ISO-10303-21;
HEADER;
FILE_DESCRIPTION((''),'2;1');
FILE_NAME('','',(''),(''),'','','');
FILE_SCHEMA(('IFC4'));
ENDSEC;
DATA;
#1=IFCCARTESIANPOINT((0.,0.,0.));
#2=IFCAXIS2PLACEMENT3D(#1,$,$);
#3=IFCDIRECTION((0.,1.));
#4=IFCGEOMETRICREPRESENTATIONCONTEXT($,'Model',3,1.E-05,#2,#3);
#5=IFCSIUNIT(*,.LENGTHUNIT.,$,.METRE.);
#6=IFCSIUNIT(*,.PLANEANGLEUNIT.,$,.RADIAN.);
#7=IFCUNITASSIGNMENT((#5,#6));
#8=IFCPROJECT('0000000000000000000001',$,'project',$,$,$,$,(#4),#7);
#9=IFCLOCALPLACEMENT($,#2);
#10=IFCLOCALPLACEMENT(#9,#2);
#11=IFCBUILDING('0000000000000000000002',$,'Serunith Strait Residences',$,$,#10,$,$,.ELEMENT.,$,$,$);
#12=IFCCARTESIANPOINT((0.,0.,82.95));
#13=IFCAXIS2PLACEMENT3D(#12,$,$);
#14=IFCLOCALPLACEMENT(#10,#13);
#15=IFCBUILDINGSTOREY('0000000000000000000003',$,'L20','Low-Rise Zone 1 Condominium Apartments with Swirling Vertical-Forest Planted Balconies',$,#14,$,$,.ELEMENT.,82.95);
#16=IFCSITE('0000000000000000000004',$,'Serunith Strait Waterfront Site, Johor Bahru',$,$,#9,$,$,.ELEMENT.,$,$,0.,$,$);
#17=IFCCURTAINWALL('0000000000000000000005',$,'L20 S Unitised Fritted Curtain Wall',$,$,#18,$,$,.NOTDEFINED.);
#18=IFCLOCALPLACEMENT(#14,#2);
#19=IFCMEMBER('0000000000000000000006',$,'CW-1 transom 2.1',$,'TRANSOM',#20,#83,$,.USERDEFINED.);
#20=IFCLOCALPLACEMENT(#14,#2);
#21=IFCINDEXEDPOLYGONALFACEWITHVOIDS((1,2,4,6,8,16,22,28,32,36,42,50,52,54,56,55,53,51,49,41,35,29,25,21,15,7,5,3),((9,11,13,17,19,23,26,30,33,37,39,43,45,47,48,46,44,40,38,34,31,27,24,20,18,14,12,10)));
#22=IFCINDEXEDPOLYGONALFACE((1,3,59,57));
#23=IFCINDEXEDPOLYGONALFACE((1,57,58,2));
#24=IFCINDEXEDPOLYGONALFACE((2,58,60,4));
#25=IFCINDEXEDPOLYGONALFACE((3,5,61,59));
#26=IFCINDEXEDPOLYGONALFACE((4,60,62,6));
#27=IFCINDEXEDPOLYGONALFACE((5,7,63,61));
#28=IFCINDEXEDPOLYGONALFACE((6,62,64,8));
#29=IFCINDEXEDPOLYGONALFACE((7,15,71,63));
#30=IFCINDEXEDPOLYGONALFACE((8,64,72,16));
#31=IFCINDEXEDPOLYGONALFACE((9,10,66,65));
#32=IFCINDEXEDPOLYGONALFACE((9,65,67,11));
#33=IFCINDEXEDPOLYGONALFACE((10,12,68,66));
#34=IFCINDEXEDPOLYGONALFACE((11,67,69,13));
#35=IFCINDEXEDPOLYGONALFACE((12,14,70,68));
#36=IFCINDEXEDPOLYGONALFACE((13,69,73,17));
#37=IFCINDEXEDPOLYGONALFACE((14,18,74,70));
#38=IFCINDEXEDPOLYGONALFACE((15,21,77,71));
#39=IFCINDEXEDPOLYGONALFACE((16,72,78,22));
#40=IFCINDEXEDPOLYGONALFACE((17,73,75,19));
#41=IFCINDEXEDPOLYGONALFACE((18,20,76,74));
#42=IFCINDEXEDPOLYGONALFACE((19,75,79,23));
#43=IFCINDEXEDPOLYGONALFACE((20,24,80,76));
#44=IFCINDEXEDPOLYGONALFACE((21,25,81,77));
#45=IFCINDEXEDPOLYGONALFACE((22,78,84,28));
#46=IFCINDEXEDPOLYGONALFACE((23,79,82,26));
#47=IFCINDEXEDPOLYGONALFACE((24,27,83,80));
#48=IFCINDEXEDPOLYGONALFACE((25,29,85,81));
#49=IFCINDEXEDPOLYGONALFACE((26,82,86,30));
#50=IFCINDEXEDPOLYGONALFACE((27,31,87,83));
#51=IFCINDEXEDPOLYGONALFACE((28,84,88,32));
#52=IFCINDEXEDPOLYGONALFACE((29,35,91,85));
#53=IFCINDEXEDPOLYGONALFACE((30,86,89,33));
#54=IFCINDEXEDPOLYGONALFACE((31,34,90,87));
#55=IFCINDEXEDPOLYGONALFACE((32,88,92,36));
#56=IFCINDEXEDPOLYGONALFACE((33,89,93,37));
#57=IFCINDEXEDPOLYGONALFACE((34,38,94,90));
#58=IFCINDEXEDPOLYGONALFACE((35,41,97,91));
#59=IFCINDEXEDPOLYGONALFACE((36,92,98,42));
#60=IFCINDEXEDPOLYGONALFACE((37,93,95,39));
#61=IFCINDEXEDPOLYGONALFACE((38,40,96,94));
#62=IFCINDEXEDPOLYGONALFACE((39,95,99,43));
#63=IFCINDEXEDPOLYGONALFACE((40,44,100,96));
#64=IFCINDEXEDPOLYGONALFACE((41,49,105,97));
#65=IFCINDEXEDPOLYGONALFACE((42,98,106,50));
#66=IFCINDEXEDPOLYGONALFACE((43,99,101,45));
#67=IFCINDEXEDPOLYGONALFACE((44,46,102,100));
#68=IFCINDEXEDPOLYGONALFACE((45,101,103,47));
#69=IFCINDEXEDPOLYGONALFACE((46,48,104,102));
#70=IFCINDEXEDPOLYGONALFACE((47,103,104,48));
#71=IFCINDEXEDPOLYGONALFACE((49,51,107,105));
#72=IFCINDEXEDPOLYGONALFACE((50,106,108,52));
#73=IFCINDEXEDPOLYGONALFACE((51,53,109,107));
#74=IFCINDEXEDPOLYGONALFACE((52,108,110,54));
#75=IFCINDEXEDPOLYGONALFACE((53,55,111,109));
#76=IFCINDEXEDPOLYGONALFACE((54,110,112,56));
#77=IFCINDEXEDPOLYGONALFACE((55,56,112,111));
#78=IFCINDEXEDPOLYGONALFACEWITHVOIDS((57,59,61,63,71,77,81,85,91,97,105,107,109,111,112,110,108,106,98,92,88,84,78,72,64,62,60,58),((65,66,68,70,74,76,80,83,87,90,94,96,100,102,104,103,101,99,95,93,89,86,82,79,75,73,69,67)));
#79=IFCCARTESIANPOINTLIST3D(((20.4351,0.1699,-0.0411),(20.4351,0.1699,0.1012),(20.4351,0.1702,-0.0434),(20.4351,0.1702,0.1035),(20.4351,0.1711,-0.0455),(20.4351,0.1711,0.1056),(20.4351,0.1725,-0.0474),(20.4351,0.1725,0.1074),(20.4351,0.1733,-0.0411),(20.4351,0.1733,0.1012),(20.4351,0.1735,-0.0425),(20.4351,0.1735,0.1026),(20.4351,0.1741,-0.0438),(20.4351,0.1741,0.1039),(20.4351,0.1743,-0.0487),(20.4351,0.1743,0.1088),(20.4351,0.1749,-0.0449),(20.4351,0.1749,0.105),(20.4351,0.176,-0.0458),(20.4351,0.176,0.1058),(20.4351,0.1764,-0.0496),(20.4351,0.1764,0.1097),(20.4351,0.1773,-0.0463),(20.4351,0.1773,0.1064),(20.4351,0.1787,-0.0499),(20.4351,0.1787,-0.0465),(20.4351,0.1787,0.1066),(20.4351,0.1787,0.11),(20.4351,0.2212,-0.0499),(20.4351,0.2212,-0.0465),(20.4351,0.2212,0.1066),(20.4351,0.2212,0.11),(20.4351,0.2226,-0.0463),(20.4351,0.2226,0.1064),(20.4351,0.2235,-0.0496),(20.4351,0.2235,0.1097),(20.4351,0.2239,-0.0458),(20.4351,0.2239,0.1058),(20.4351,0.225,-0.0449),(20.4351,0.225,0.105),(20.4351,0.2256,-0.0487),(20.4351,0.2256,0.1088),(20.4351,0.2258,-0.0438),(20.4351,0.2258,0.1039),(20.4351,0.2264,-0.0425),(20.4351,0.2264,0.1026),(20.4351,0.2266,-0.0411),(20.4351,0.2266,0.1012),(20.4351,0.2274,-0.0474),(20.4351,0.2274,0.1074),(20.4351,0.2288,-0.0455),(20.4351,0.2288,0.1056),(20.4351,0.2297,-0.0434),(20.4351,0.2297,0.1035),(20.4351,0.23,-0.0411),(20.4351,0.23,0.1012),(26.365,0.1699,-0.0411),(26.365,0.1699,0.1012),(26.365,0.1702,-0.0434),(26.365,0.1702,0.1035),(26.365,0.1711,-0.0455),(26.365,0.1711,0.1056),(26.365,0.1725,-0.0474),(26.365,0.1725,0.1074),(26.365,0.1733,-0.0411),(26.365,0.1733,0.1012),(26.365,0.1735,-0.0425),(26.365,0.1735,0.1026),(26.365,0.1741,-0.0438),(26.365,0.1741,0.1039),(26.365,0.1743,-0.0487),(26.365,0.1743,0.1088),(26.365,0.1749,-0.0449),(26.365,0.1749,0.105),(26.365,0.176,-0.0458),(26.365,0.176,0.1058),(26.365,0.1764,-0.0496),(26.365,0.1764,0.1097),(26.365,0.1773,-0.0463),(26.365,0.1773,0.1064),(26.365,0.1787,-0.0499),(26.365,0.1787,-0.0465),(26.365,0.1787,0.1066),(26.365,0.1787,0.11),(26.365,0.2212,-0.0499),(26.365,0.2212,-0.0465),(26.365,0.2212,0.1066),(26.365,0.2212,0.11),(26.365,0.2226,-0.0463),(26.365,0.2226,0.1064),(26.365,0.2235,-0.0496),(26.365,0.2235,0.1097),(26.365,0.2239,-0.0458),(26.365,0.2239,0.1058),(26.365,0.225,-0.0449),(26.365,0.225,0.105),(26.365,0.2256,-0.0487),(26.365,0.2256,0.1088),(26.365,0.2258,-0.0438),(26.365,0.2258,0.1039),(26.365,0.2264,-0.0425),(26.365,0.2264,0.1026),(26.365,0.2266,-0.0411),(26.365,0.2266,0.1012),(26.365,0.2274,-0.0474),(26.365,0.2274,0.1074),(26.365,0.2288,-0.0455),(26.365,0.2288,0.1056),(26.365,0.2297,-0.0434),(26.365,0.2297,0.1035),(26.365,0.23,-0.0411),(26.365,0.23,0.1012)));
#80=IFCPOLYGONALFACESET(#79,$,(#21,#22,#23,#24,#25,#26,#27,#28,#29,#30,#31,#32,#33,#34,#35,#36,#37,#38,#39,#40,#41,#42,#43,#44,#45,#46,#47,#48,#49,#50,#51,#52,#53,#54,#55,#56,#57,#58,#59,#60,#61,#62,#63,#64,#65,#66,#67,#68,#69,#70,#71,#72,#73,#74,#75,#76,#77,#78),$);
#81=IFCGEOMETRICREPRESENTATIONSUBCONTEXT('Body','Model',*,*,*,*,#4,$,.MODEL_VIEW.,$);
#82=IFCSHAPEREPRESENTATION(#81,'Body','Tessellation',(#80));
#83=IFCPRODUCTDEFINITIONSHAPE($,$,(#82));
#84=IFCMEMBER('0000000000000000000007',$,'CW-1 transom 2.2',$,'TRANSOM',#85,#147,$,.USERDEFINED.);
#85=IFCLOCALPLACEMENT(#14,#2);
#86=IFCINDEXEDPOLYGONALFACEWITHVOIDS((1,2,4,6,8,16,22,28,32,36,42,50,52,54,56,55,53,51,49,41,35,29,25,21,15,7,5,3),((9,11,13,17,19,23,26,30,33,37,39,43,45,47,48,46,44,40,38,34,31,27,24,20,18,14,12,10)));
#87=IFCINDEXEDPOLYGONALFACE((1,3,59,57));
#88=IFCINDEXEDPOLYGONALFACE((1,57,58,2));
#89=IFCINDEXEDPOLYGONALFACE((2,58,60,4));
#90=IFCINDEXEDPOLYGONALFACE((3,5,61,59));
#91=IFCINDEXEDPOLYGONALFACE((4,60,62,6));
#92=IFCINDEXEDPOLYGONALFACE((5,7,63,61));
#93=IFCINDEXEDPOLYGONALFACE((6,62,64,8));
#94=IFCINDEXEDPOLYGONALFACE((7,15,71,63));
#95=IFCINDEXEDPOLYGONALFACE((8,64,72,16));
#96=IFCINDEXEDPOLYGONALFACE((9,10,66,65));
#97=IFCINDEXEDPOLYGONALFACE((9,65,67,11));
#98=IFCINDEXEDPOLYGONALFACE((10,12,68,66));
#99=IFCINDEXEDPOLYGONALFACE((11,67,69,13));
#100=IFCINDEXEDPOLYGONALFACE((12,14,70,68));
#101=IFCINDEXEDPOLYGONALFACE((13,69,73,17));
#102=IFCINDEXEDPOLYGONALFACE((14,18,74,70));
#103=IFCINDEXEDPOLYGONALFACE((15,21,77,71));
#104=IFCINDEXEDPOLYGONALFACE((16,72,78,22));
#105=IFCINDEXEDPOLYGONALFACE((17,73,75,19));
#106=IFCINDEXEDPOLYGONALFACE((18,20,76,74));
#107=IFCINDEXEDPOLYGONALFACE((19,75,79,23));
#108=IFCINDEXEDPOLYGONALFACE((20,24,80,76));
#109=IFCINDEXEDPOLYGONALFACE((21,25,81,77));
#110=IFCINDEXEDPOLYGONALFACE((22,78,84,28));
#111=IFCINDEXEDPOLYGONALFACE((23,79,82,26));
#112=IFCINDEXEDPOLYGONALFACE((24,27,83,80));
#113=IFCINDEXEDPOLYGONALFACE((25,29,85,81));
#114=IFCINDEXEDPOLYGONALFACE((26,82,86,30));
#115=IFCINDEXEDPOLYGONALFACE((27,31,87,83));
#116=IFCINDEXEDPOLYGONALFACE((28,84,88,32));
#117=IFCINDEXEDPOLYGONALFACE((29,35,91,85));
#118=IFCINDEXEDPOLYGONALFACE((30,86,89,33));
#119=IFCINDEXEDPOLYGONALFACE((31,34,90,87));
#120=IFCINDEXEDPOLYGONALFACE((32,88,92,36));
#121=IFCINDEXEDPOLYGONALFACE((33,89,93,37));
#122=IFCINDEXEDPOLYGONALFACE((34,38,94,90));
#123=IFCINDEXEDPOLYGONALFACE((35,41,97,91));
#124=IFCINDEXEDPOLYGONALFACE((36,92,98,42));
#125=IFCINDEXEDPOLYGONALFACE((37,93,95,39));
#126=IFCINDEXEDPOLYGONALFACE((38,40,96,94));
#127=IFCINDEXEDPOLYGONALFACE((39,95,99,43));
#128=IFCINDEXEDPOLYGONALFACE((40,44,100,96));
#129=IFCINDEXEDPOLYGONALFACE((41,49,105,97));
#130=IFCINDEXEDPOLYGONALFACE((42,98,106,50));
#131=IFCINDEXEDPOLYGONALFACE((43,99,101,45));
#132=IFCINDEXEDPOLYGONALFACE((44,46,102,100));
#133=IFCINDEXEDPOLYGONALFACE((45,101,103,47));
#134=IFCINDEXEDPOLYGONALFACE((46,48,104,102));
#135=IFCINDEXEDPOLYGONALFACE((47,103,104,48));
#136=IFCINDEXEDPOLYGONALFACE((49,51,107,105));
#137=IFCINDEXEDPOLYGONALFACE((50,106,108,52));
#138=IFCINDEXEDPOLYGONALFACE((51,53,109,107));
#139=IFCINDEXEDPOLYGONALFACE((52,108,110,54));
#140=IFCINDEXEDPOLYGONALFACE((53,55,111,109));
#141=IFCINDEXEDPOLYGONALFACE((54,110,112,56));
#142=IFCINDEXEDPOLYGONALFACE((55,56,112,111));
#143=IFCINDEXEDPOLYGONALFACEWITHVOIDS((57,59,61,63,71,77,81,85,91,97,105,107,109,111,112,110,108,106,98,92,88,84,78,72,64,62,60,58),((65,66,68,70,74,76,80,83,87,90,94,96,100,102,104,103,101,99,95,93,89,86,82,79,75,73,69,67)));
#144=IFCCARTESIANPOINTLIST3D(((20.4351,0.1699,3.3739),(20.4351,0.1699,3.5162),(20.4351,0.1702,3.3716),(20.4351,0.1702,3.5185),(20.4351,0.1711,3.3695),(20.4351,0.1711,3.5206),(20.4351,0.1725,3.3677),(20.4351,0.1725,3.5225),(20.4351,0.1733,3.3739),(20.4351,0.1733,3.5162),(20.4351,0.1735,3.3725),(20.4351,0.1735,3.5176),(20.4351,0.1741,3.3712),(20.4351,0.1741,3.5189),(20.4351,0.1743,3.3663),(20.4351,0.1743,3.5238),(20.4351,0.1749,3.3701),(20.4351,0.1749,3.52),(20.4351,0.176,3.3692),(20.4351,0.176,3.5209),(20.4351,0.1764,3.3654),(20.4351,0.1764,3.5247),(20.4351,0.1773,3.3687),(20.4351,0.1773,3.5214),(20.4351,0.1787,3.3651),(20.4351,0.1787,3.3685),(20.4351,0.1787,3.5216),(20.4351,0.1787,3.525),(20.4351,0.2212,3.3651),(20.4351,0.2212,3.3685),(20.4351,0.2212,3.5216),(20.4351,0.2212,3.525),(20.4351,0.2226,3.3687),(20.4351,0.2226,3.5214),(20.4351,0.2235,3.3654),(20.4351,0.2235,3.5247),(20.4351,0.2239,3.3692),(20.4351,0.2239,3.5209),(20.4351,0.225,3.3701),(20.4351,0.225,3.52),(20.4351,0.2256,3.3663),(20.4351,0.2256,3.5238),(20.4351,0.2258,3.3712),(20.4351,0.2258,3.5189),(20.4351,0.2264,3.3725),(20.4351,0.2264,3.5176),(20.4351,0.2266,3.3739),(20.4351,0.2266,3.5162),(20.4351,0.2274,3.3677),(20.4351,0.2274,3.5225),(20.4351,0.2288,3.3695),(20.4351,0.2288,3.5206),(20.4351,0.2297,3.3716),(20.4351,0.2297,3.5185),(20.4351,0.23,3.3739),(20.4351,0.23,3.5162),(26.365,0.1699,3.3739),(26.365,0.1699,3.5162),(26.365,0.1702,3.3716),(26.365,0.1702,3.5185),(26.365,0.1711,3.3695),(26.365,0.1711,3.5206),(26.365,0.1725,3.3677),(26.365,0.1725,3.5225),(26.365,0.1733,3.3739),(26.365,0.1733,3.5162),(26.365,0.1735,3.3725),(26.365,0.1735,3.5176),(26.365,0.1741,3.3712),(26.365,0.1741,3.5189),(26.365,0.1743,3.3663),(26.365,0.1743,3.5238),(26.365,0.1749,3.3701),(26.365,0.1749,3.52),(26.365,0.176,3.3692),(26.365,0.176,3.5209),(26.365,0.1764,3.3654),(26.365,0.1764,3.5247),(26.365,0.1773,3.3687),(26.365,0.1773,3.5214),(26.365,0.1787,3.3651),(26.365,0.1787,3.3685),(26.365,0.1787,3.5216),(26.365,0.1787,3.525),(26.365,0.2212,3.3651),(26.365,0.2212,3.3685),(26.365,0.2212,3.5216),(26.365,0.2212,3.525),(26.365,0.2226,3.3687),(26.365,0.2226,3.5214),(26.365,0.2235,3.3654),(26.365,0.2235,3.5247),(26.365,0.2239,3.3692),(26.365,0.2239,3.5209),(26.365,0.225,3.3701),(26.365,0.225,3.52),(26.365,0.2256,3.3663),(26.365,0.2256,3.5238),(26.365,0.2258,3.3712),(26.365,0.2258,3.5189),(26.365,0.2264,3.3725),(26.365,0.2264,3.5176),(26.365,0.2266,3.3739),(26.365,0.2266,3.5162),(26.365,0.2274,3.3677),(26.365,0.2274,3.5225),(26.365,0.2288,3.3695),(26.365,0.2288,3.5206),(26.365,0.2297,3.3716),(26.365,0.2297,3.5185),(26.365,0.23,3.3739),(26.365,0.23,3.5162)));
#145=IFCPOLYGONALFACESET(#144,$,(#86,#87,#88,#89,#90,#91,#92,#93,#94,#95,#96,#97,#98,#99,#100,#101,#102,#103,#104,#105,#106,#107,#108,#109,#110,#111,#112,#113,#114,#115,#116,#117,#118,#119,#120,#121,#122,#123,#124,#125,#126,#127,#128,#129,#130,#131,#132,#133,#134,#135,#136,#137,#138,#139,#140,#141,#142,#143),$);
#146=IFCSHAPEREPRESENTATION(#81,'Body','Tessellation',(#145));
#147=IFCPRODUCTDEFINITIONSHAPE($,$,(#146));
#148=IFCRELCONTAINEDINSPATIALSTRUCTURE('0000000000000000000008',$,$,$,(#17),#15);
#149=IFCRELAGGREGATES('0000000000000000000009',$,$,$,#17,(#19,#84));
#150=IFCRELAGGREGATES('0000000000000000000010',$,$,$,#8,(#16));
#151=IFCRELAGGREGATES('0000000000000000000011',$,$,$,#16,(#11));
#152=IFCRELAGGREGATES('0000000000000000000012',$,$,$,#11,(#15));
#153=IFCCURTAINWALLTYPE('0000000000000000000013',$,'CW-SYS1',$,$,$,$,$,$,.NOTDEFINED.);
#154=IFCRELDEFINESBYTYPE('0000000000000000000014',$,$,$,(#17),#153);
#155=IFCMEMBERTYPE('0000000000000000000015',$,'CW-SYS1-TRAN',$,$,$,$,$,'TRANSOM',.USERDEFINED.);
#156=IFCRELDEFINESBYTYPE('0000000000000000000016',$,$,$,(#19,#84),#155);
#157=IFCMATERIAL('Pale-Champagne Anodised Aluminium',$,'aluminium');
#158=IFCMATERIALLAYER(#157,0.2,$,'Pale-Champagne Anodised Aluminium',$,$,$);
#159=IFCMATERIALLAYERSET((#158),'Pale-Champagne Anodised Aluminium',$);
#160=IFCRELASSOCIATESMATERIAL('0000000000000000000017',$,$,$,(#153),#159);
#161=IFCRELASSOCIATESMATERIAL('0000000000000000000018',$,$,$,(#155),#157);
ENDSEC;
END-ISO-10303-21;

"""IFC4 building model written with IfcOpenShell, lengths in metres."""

from ifc_helpers import new_model, si_unit, direction, frame, origin, origin_2d, place, context, subcontext, project, spatial, hollow_rectangle, extrude, source, transform, mapped, material, layer, layer_set, material_profile, profile_set, type_object, element, aggregate, save


model = new_model("IFC4")

# Units and contexts
model_context = context("Model", 3, precision=1e-05, world=origin(), true_north=direction((0.0, 1.0)))
body_context = subcontext(model_context, "Body", "Model", "MODEL_VIEW")
ifc_project = project(units=[si_unit("LENGTHUNIT", "METRE"), si_unit("PLANEANGLEUNIT", "RADIAN")], contexts=[model_context])

# Site, building, storey
site_placement = place(None, origin())
site = spatial("IfcSite", under=ifc_project, at=site_placement, Name="Serunith Strait Waterfront Site, Johor Bahru", CompositionType="ELEMENT", RefElevation=0.0)
building_placement = place(site_placement, origin())
building = spatial("IfcBuilding", under=site, at=building_placement, Name="Serunith Strait Residences", CompositionType="ELEMENT")
storey_placement = place(building_placement, frame((0.0, 0.0, 82.95)))
storey = spatial("IfcBuildingStorey", under=building, at=storey_placement, Name="L20", Description="Low-Rise Zone 1 Condominium Apartments with Swirling Vertical-Forest Planted Balconies", CompositionType="ELEMENT", Elevation=82.95)

# Curtain wall, members
ifc_material_1 = material(Name="Pale-Champagne Anodised Aluminium", Category="aluminium")
ifc_layer_1 = layer(ifc_material_1, 0.2, Name="Pale-Champagne Anodised Aluminium")
ifc_layer_set_1 = layer_set([ifc_layer_1], Name="Pale-Champagne Anodised Aluminium")
curtain_wall_type = type_object("IfcCurtainWallType", Name="CW-SYS1", PredefinedType="NOTDEFINED", material=ifc_layer_set_1)
curtain_wall_placement = place(storey_placement, origin())
curtain_wall = element("IfcCurtainWall", 1, at=curtain_wall_placement, inside=storey, type_object=curtain_wall_type, Name="L20 S Unitised Fritted Curtain Wall", PredefinedType="NOTDEFINED")
ifc_material_profile_1 = material_profile(ifc_material_1, hollow_rectangle(XDim=0.0601, YDim=0.1599, WallThickness=0.0034, InnerFilletRadius=0.0054, OuterFilletRadius=0.0088, at=origin_2d()), Name="ALU 160x60x3.5")
ifc_profile_set_1 = profile_set([ifc_material_profile_1], Name="Pale-Champagne Anodised Aluminium")
member_type_1 = type_object("IfcMemberType", Name="CW-SYS1-TRAN", ElementType="TRANSOM", PredefinedType="USERDEFINED", material=ifc_profile_set_1)
shared_shape_1 = source(origin(), body_context, "Body", "SweptSolid", [
    extrude(hollow_rectangle(XDim=0.0601, YDim=0.1599, WallThickness=0.0034, InnerFilletRadius=0.0054, OuterFilletRadius=0.0088, at=origin_2d()), origin(), (0.0, 0.0, 1.0), 5.9299),
])
member_1_placement = place(storey_placement, frame((20.4351, 0.2, 0.03), z_axis=(1.0, 0.0, 0.0), x_axis=(0.0, 1.0, 0.0)))
member_1 = element("IfcMember", 2, at=member_1_placement, type_object=member_type_1, Name="CW-1 transom 2.1", ObjectType="TRANSOM", PredefinedType="USERDEFINED", context=body_context, shape_type="MappedRepresentation", body=[
    mapped(shared_shape_1, transform((0.0, 0.0, 0.0), scale=1.0)),
])
member_2_placement = place(storey_placement, frame((20.4351, 0.2, 3.4451), z_axis=(1.0, 0.0, 0.0), x_axis=(0.0, 1.0, 0.0)))
member_2 = element("IfcMember", 3, at=member_2_placement, type_object=member_type_1, Name="CW-1 transom 2.2", ObjectType="TRANSOM", PredefinedType="USERDEFINED", context=body_context, shape_type="MappedRepresentation", body=[
    mapped(shared_shape_1, transform((0.0, 0.0, 0.0), scale=1.0)),
])
aggregate(curtain_wall, [member_1, member_2])

save(model, "model.ifc")
